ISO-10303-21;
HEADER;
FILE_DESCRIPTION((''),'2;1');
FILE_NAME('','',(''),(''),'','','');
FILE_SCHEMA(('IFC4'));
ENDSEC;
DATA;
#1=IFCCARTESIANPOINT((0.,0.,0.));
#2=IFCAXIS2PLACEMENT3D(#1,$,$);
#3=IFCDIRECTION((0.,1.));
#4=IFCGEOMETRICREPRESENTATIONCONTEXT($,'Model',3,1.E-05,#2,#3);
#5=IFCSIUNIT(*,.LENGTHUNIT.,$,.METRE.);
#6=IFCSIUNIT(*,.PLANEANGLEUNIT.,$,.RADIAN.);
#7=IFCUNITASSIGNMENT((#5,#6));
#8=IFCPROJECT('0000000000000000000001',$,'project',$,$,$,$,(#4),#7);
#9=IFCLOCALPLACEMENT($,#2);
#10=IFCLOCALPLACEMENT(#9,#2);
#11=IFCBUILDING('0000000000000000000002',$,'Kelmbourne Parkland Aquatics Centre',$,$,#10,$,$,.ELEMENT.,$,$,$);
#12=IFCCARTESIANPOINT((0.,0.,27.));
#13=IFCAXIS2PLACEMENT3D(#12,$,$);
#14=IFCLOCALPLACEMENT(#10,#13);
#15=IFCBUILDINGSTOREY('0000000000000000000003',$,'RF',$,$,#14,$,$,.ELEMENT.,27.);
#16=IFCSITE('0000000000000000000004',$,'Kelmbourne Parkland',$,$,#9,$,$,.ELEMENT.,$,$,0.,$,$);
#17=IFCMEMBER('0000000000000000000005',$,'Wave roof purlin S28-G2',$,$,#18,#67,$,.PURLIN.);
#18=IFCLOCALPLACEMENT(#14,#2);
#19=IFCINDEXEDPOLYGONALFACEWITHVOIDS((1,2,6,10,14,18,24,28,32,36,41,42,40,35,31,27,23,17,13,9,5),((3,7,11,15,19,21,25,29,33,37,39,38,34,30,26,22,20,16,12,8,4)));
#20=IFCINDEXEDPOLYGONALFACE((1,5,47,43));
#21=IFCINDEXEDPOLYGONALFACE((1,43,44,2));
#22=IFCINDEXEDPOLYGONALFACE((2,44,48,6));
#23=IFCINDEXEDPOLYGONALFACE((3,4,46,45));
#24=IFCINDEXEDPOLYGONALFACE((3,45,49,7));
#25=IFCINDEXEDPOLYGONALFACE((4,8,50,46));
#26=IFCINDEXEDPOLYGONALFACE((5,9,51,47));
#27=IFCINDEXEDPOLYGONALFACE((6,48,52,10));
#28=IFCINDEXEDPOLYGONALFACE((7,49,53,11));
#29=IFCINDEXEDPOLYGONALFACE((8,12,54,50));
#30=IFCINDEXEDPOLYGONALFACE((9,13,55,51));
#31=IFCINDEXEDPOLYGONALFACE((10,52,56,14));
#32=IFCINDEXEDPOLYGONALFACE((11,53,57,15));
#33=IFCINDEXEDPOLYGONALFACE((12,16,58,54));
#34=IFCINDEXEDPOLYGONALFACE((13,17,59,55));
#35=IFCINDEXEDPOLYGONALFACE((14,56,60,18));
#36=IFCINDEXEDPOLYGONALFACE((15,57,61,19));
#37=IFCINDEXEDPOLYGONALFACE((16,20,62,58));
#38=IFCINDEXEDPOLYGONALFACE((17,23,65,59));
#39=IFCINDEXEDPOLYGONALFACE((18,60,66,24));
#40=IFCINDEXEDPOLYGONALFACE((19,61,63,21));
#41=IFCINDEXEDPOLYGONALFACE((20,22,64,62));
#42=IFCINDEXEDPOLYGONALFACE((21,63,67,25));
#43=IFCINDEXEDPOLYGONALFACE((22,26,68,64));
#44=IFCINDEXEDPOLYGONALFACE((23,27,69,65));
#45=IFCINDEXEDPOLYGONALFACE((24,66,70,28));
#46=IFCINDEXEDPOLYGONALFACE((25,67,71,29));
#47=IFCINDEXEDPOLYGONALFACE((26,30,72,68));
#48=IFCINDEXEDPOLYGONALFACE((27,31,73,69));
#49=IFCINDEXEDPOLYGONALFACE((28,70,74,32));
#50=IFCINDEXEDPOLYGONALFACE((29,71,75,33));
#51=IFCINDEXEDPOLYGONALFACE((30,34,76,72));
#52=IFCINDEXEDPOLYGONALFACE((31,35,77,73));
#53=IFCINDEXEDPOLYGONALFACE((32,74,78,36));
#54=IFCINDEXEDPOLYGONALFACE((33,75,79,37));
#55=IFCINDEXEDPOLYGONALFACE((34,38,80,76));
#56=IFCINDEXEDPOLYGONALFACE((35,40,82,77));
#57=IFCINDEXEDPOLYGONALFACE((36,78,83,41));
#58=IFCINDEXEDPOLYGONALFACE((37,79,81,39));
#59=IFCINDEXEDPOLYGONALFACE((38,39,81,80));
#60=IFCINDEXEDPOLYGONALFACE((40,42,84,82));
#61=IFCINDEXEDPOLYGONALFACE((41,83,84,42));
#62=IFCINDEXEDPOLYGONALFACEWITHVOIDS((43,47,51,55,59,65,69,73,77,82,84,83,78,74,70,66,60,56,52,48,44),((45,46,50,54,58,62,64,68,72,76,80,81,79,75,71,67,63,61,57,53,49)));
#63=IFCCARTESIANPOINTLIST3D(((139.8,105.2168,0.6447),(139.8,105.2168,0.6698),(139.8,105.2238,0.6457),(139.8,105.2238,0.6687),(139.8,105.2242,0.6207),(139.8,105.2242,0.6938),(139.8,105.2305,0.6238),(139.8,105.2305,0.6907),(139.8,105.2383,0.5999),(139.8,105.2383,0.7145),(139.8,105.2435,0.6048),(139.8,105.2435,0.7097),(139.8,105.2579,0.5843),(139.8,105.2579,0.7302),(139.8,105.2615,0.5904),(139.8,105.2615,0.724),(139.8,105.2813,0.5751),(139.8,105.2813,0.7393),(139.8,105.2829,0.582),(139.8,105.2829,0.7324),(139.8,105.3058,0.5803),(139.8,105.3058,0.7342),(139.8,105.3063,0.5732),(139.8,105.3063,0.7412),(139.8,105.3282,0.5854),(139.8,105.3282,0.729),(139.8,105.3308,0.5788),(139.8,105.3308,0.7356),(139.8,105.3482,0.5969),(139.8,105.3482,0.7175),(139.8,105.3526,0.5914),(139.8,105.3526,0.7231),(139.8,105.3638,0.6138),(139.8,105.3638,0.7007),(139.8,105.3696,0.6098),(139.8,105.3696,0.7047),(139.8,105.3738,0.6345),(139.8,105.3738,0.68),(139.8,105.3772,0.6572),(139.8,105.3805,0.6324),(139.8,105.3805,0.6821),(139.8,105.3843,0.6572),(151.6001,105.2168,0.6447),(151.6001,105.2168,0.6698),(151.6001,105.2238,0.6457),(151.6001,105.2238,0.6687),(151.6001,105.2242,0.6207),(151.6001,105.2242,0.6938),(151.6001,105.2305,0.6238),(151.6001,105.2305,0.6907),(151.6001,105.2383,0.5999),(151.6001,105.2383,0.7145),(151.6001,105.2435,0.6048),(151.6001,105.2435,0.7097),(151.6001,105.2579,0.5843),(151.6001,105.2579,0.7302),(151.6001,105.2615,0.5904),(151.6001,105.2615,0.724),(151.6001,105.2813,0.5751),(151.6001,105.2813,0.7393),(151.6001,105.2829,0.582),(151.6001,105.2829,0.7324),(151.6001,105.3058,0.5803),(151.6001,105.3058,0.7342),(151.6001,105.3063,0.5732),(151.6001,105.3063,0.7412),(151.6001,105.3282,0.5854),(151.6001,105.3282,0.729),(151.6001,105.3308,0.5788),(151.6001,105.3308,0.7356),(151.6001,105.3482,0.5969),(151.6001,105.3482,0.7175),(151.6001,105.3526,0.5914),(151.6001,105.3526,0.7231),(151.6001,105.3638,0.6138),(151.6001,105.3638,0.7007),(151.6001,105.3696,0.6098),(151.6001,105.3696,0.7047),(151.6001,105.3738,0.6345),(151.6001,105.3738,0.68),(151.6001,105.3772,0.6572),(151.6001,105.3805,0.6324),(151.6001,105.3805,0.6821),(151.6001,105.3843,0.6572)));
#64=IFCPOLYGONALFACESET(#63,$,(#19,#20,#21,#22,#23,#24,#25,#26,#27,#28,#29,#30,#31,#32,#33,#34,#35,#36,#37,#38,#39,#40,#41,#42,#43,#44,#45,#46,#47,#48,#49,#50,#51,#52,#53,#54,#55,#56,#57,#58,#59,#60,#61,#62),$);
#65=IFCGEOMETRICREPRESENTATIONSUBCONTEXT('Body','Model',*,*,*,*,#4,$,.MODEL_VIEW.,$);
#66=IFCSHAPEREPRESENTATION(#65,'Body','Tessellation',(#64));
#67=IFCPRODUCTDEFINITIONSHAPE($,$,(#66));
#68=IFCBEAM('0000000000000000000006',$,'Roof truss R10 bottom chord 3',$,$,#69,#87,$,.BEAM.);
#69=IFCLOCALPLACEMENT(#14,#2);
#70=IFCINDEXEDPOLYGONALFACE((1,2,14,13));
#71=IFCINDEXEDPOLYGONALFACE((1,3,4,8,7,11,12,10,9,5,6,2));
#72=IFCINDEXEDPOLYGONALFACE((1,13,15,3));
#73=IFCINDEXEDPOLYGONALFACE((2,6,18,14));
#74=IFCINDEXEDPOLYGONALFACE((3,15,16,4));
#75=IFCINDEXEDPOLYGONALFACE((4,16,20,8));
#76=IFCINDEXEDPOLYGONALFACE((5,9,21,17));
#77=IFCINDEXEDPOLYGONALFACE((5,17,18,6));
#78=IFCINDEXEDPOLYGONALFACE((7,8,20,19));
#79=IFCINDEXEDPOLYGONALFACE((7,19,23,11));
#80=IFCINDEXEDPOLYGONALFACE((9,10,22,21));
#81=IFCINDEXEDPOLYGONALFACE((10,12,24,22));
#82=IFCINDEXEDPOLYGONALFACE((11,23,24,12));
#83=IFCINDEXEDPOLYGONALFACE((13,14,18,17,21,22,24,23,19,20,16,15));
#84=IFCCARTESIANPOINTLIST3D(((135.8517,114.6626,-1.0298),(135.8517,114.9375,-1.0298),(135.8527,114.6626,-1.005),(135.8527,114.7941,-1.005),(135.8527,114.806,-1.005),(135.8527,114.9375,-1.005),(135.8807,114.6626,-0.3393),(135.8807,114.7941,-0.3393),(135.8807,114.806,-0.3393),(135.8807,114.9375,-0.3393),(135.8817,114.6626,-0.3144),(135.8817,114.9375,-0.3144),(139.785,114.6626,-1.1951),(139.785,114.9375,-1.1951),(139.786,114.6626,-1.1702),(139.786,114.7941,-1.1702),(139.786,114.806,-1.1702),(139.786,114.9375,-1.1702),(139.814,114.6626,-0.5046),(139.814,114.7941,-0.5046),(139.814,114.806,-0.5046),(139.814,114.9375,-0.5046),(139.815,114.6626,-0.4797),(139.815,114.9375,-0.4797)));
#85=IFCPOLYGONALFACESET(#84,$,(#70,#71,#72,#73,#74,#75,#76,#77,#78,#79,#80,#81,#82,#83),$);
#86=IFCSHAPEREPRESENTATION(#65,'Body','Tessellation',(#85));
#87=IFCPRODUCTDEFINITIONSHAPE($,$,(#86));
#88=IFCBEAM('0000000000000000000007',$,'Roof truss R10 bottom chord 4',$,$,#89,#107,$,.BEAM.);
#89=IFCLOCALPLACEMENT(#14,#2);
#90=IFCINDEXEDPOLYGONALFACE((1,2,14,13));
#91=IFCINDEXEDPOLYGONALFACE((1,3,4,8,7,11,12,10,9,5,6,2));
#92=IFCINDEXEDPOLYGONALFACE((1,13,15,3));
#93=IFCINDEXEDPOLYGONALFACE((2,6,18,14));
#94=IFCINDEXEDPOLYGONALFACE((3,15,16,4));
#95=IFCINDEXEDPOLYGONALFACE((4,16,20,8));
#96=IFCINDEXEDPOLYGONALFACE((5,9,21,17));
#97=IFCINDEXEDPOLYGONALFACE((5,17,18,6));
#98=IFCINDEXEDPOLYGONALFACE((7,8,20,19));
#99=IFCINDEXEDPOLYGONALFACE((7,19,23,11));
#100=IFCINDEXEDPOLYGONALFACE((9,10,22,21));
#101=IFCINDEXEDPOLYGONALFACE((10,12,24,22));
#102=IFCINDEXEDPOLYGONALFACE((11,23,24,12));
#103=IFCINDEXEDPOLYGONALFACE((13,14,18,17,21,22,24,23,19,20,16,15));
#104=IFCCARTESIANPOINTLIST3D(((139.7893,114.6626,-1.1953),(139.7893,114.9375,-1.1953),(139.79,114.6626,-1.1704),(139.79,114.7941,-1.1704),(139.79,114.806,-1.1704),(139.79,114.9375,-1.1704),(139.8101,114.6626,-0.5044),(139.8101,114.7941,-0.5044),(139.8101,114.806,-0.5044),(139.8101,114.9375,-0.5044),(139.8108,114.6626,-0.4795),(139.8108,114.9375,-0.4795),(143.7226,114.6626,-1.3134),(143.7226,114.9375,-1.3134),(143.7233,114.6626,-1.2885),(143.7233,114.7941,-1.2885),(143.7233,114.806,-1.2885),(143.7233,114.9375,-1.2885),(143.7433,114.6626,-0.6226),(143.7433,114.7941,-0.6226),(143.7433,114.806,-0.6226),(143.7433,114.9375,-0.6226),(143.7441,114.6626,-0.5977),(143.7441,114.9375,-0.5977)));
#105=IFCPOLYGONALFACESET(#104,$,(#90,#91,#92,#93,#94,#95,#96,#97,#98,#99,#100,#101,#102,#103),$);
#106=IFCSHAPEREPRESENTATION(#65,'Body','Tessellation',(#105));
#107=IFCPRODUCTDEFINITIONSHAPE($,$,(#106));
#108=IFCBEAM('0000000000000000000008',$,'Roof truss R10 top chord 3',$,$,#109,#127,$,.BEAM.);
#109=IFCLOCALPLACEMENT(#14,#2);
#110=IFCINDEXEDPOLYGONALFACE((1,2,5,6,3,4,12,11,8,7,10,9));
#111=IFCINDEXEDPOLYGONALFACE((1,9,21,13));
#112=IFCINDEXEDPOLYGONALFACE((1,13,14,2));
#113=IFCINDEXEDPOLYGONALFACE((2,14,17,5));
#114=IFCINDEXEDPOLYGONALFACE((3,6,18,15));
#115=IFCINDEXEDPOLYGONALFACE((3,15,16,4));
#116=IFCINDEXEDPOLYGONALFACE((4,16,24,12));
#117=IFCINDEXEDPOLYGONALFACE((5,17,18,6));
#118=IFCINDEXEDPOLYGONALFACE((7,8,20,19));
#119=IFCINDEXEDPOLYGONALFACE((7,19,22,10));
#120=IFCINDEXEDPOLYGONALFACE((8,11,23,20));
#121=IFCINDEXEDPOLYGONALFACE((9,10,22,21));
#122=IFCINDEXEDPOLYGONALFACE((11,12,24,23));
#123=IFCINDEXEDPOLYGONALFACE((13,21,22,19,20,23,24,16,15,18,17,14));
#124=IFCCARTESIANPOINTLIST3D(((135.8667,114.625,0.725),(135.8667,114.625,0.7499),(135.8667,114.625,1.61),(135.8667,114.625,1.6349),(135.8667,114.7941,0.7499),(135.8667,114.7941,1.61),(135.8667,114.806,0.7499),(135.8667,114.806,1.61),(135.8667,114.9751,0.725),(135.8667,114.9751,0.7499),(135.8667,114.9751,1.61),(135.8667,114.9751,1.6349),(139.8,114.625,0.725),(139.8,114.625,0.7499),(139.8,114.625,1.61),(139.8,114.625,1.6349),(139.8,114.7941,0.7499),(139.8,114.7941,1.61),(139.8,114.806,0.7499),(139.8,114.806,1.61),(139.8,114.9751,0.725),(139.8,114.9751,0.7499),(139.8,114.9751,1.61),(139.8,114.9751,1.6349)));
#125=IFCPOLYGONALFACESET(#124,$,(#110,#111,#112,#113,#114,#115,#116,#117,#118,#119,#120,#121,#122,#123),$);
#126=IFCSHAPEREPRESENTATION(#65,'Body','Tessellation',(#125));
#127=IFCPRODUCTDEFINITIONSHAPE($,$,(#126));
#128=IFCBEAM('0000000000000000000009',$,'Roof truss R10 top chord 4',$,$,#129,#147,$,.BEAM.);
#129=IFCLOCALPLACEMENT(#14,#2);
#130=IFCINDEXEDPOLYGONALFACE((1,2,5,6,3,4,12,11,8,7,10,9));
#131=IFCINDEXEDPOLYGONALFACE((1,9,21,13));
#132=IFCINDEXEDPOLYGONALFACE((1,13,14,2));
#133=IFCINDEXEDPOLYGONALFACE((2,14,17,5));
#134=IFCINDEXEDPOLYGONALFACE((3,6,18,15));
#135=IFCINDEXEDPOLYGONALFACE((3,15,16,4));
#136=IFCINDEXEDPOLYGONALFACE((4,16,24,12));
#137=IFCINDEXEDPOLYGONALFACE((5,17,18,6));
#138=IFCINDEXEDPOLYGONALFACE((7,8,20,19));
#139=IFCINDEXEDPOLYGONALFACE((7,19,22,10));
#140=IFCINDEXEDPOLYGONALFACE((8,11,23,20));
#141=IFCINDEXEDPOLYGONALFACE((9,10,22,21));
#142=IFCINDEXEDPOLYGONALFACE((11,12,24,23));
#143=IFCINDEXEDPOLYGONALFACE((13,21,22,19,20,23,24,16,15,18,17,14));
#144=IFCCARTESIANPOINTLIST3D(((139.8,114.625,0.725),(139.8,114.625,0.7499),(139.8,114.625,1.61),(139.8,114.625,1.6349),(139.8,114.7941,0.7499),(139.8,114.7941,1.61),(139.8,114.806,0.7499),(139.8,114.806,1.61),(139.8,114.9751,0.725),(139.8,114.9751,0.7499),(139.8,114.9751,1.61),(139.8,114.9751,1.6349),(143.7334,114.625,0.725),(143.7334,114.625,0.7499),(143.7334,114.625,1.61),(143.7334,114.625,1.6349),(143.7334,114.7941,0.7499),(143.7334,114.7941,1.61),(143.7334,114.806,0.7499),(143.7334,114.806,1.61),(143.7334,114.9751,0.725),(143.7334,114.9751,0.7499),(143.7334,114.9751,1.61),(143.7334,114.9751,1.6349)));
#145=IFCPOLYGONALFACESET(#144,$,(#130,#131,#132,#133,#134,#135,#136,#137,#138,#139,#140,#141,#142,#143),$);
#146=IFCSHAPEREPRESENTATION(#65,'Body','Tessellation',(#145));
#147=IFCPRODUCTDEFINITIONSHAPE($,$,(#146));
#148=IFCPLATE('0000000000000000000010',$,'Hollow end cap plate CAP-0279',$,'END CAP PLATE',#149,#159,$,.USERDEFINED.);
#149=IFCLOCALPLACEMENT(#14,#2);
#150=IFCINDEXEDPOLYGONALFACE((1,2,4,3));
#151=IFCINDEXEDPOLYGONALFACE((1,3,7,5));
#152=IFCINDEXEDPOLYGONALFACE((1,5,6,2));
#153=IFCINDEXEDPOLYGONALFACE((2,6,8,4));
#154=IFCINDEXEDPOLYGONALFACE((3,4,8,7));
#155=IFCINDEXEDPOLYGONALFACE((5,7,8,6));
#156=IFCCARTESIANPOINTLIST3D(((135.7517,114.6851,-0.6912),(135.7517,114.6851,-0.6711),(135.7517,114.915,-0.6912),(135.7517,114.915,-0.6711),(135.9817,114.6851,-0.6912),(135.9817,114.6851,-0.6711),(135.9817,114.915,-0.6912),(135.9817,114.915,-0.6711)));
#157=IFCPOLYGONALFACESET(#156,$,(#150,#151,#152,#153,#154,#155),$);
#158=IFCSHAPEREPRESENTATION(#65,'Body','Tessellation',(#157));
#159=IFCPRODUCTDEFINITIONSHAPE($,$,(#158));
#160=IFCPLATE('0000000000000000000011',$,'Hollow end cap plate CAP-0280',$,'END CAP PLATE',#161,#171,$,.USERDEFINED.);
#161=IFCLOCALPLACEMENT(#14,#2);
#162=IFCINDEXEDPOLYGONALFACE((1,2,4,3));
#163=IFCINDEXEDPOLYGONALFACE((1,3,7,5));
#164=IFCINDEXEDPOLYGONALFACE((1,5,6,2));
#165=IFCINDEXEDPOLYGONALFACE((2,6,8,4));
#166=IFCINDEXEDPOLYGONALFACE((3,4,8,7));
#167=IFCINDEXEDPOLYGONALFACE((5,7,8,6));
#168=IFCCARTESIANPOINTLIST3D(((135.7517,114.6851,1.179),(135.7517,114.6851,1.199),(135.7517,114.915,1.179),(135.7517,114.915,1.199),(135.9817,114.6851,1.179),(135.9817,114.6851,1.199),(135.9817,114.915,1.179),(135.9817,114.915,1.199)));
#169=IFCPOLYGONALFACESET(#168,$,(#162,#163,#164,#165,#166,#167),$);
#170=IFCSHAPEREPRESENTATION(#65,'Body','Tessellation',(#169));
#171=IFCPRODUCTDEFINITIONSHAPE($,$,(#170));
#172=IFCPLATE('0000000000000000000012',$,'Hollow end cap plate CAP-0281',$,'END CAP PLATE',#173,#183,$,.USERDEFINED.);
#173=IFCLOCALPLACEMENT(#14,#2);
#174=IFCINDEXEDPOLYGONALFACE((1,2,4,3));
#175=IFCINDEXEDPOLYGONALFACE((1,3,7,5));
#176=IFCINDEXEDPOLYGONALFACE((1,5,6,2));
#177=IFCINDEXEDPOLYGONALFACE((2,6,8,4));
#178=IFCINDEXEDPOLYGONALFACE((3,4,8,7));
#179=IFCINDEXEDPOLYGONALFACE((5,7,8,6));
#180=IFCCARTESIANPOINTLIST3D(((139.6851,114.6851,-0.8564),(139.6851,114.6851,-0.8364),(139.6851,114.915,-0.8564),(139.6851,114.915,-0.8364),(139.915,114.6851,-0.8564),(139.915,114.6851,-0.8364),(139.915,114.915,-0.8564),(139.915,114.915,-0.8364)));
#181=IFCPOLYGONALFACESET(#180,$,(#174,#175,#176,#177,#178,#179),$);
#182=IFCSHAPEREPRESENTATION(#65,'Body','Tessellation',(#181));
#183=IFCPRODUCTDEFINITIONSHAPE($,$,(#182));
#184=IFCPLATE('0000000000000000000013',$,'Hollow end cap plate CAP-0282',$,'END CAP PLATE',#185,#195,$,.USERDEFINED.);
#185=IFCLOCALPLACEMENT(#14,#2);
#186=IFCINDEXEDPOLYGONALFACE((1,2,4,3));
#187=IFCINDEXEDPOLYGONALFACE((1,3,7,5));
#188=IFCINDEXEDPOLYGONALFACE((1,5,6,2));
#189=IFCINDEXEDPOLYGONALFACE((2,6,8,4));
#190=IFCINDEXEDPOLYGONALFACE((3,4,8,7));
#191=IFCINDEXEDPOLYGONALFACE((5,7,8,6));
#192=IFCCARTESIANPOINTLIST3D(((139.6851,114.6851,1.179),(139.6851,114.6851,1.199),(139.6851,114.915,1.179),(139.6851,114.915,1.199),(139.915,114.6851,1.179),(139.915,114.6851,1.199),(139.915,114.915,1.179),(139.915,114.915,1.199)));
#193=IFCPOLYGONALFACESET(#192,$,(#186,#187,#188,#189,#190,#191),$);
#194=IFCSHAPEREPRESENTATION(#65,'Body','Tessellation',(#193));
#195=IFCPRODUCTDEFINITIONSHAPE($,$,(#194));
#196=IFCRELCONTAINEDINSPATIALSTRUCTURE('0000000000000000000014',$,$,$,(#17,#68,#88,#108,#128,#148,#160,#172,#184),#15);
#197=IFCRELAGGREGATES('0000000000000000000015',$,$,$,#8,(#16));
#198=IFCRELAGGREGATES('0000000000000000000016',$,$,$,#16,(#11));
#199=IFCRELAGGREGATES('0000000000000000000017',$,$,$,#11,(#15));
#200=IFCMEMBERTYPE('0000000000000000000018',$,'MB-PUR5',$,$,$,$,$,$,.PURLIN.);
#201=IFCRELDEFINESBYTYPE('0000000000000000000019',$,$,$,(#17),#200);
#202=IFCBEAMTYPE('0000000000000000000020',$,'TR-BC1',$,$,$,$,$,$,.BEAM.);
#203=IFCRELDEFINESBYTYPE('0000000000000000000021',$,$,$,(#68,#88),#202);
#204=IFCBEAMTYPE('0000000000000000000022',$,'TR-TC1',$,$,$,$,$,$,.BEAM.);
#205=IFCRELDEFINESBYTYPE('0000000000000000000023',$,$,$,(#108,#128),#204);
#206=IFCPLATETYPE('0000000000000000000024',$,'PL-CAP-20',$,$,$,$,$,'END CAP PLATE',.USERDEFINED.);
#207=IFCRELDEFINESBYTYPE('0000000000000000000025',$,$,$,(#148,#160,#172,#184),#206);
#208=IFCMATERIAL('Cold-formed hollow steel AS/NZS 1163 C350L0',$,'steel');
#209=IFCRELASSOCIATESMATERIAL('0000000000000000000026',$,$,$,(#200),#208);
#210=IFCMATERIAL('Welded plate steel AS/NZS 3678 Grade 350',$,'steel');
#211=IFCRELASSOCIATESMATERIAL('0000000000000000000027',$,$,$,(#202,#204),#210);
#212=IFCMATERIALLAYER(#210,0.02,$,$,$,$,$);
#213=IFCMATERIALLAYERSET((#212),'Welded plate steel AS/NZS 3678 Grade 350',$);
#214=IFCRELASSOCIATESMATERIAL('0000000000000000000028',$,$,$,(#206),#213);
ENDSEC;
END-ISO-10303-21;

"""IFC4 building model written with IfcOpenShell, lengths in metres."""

from ifc_helpers import new_model, si_unit, direction, frame, origin, origin_2d, place, context, subcontext, project, spatial, rectangle, hollow_circle, i_section, extrude, material, layer, layer_set, material_profile, profile_set, type_object, element, save


model = new_model("IFC4")

# Units and contexts
model_context = context("Model", 3, precision=1e-05, world=origin(), true_north=direction((0.0, 1.0)))
body_context = subcontext(model_context, "Body", "Model", "MODEL_VIEW")
ifc_project = project(units=[si_unit("LENGTHUNIT", "METRE"), si_unit("PLANEANGLEUNIT", "RADIAN")], contexts=[model_context])

# Site, building, storey
site_placement = place(None, origin())
site = spatial("IfcSite", under=ifc_project, at=site_placement, Name="Kelmbourne Parkland", CompositionType="ELEMENT", RefElevation=0.0)
building_placement = place(site_placement, origin())
building = spatial("IfcBuilding", under=site, at=building_placement, Name="Kelmbourne Parkland Aquatics Centre", CompositionType="ELEMENT")
storey_placement = place(building_placement, frame((0.0, 0.0, 27.0)))
storey = spatial("IfcBuildingStorey", under=building, at=storey_placement, Name="RF", CompositionType="ELEMENT", Elevation=27.0)

# Member
ifc_material_1 = material(Name="Cold-formed hollow steel AS/NZS 1163 C350L0", Category="steel")
ifc_material_profile_1 = material_profile(ifc_material_1, hollow_circle(Radius=0.0842, WallThickness=0.0071, at=origin_2d()), Name="CHS 168.3x7.1")
ifc_profile_set_1 = profile_set([ifc_material_profile_1], Name="Cold-formed hollow steel AS/NZS 1163 C350L0")
member_type_1 = type_object("IfcMemberType", Name="MB-PUR5", PredefinedType="PURLIN", material=ifc_profile_set_1)
member_1_placement = place(storey_placement, frame((139.8, 105.3, 0.6572), z_axis=(1.0, 0.0, 0.0), x_axis=(0.0, 1.0, 0.0)))
element("IfcMember", 1, at=member_1_placement, inside=storey, type_object=member_type_1, Name="Wave roof purlin S28-G2", PredefinedType="PURLIN", context=body_context, shape_type="SweptSolid", body=[
    extrude(hollow_circle(Radius=0.0842, WallThickness=0.0071, at=origin_2d()), origin(), (0.0, 0.0, 1.0), 11.8),
])

# Beams
ifc_material_2 = material(Name="Welded plate steel AS/NZS 3678 Grade 350", Category="steel")
ifc_material_profile_2 = material_profile(ifc_material_2, i_section(OverallWidth=0.2749, OverallDepth=0.7161, WebThickness=0.012, FlangeThickness=0.0249, at=origin_2d()), Name="700WB173")
ifc_profile_set_2 = profile_set([ifc_material_profile_2], Name="Welded plate steel AS/NZS 3678 Grade 350")
beam_type_1 = type_object("IfcBeamType", Name="TR-BC1", PredefinedType="BEAM", material=ifc_profile_set_2)
beam_1_placement = place(storey_placement, frame((135.8667, 114.8, -0.6721), z_axis=(0.999118, 0.0, -0.041984), x_axis=(0.0, 1.0, 0.0)))
element("IfcBeam", 2, at=beam_1_placement, inside=storey, type_object=beam_type_1, Name="Roof truss R10 bottom chord 3", PredefinedType="BEAM", context=body_context, shape_type="SweptSolid", body=[
    extrude(i_section(OverallWidth=0.2749, OverallDepth=0.7161, WebThickness=0.012, FlangeThickness=0.0249, at=origin_2d()), origin(), (0.0, 0.0, 1.0), 3.9368),
])
beam_2_placement = place(storey_placement, frame((139.8, 114.8, -0.8374), z_axis=(0.999549, 0.0, -0.030028), x_axis=(0.0, 1.0, 0.0)))
element("IfcBeam", 3, at=beam_2_placement, inside=storey, type_object=beam_type_1, Name="Roof truss R10 bottom chord 4", PredefinedType="BEAM", context=body_context, shape_type="SweptSolid", body=[
    extrude(i_section(OverallWidth=0.2749, OverallDepth=0.7161, WebThickness=0.012, FlangeThickness=0.0249, at=origin_2d()), origin(), (0.0, 0.0, 1.0), 3.9351),
])
ifc_material_profile_3 = material_profile(ifc_material_2, i_section(OverallWidth=0.3501, OverallDepth=0.9099, WebThickness=0.012, FlangeThickness=0.0249, at=origin_2d()), Name="900WB218")
ifc_profile_set_3 = profile_set([ifc_material_profile_3], Name="Welded plate steel AS/NZS 3678 Grade 350")
beam_type_2 = type_object("IfcBeamType", Name="TR-TC1", PredefinedType="BEAM", material=ifc_profile_set_3)
for number, where, z_axis, x_axis, name in (
    (4, (135.8667, 114.8, 1.1799), (1.0, 0.0, 0.0), (0.0, 1.0, 0.0), "Roof truss R10 top chord 3"),
    (5, (139.8, 114.8, 1.1799), (1.0, 0.0, 0.0), (0.0, 1.0, 0.0), "Roof truss R10 top chord 4"),
):
    element("IfcBeam", number, at=place(storey_placement, frame(where, z_axis=z_axis, x_axis=x_axis)), inside=storey, type_object=beam_type_2, Name=name, PredefinedType="BEAM", context=body_context, shape_type="SweptSolid", body=[
        extrude(i_section(OverallWidth=0.3501, OverallDepth=0.9099, WebThickness=0.012, FlangeThickness=0.0249, at=origin_2d()), origin(), (0.0, 0.0, 1.0), 3.9333),
    ])

# Plates
ifc_layer_1 = layer(ifc_material_2, 0.02)
ifc_layer_set_1 = layer_set([ifc_layer_1], Name="Welded plate steel AS/NZS 3678 Grade 350")
plate_type_1 = type_object("IfcPlateType", Name="PL-CAP-20", ElementType="END CAP PLATE", PredefinedType="USERDEFINED", material=ifc_layer_set_1)
for number, where, z_axis, x_axis, name in (
    (6, (135.8667, 114.8, -0.6912), (0.0, 0.0, 1.0), (1.0, 0.0, 0.0), "Hollow end cap plate CAP-0279"),
    (7, (135.8667, 114.8, 1.179), (0.0, 0.0, 1.0), (1.0, 0.0, 0.0), "Hollow end cap plate CAP-0280"),
    (8, (139.8, 114.8, -0.8564), (0.0, 0.0, 1.0), (1.0, 0.0, 0.0), "Hollow end cap plate CAP-0281"),
    (9, (139.8, 114.8, 1.179), (0.0, 0.0, 1.0), (1.0, 0.0, 0.0), "Hollow end cap plate CAP-0282"),
):
    element("IfcPlate", number, at=place(storey_placement, frame(where, z_axis=z_axis, x_axis=x_axis)), inside=storey, type_object=plate_type_1, Name=name, ObjectType="END CAP PLATE", PredefinedType="USERDEFINED", context=body_context, shape_type="SweptSolid", body=[
        extrude(rectangle(XDim=0.23, YDim=0.23, at=origin_2d()), origin(), (0.0, 0.0, 1.0), 0.02),
    ])

save(model, "model.ifc")
